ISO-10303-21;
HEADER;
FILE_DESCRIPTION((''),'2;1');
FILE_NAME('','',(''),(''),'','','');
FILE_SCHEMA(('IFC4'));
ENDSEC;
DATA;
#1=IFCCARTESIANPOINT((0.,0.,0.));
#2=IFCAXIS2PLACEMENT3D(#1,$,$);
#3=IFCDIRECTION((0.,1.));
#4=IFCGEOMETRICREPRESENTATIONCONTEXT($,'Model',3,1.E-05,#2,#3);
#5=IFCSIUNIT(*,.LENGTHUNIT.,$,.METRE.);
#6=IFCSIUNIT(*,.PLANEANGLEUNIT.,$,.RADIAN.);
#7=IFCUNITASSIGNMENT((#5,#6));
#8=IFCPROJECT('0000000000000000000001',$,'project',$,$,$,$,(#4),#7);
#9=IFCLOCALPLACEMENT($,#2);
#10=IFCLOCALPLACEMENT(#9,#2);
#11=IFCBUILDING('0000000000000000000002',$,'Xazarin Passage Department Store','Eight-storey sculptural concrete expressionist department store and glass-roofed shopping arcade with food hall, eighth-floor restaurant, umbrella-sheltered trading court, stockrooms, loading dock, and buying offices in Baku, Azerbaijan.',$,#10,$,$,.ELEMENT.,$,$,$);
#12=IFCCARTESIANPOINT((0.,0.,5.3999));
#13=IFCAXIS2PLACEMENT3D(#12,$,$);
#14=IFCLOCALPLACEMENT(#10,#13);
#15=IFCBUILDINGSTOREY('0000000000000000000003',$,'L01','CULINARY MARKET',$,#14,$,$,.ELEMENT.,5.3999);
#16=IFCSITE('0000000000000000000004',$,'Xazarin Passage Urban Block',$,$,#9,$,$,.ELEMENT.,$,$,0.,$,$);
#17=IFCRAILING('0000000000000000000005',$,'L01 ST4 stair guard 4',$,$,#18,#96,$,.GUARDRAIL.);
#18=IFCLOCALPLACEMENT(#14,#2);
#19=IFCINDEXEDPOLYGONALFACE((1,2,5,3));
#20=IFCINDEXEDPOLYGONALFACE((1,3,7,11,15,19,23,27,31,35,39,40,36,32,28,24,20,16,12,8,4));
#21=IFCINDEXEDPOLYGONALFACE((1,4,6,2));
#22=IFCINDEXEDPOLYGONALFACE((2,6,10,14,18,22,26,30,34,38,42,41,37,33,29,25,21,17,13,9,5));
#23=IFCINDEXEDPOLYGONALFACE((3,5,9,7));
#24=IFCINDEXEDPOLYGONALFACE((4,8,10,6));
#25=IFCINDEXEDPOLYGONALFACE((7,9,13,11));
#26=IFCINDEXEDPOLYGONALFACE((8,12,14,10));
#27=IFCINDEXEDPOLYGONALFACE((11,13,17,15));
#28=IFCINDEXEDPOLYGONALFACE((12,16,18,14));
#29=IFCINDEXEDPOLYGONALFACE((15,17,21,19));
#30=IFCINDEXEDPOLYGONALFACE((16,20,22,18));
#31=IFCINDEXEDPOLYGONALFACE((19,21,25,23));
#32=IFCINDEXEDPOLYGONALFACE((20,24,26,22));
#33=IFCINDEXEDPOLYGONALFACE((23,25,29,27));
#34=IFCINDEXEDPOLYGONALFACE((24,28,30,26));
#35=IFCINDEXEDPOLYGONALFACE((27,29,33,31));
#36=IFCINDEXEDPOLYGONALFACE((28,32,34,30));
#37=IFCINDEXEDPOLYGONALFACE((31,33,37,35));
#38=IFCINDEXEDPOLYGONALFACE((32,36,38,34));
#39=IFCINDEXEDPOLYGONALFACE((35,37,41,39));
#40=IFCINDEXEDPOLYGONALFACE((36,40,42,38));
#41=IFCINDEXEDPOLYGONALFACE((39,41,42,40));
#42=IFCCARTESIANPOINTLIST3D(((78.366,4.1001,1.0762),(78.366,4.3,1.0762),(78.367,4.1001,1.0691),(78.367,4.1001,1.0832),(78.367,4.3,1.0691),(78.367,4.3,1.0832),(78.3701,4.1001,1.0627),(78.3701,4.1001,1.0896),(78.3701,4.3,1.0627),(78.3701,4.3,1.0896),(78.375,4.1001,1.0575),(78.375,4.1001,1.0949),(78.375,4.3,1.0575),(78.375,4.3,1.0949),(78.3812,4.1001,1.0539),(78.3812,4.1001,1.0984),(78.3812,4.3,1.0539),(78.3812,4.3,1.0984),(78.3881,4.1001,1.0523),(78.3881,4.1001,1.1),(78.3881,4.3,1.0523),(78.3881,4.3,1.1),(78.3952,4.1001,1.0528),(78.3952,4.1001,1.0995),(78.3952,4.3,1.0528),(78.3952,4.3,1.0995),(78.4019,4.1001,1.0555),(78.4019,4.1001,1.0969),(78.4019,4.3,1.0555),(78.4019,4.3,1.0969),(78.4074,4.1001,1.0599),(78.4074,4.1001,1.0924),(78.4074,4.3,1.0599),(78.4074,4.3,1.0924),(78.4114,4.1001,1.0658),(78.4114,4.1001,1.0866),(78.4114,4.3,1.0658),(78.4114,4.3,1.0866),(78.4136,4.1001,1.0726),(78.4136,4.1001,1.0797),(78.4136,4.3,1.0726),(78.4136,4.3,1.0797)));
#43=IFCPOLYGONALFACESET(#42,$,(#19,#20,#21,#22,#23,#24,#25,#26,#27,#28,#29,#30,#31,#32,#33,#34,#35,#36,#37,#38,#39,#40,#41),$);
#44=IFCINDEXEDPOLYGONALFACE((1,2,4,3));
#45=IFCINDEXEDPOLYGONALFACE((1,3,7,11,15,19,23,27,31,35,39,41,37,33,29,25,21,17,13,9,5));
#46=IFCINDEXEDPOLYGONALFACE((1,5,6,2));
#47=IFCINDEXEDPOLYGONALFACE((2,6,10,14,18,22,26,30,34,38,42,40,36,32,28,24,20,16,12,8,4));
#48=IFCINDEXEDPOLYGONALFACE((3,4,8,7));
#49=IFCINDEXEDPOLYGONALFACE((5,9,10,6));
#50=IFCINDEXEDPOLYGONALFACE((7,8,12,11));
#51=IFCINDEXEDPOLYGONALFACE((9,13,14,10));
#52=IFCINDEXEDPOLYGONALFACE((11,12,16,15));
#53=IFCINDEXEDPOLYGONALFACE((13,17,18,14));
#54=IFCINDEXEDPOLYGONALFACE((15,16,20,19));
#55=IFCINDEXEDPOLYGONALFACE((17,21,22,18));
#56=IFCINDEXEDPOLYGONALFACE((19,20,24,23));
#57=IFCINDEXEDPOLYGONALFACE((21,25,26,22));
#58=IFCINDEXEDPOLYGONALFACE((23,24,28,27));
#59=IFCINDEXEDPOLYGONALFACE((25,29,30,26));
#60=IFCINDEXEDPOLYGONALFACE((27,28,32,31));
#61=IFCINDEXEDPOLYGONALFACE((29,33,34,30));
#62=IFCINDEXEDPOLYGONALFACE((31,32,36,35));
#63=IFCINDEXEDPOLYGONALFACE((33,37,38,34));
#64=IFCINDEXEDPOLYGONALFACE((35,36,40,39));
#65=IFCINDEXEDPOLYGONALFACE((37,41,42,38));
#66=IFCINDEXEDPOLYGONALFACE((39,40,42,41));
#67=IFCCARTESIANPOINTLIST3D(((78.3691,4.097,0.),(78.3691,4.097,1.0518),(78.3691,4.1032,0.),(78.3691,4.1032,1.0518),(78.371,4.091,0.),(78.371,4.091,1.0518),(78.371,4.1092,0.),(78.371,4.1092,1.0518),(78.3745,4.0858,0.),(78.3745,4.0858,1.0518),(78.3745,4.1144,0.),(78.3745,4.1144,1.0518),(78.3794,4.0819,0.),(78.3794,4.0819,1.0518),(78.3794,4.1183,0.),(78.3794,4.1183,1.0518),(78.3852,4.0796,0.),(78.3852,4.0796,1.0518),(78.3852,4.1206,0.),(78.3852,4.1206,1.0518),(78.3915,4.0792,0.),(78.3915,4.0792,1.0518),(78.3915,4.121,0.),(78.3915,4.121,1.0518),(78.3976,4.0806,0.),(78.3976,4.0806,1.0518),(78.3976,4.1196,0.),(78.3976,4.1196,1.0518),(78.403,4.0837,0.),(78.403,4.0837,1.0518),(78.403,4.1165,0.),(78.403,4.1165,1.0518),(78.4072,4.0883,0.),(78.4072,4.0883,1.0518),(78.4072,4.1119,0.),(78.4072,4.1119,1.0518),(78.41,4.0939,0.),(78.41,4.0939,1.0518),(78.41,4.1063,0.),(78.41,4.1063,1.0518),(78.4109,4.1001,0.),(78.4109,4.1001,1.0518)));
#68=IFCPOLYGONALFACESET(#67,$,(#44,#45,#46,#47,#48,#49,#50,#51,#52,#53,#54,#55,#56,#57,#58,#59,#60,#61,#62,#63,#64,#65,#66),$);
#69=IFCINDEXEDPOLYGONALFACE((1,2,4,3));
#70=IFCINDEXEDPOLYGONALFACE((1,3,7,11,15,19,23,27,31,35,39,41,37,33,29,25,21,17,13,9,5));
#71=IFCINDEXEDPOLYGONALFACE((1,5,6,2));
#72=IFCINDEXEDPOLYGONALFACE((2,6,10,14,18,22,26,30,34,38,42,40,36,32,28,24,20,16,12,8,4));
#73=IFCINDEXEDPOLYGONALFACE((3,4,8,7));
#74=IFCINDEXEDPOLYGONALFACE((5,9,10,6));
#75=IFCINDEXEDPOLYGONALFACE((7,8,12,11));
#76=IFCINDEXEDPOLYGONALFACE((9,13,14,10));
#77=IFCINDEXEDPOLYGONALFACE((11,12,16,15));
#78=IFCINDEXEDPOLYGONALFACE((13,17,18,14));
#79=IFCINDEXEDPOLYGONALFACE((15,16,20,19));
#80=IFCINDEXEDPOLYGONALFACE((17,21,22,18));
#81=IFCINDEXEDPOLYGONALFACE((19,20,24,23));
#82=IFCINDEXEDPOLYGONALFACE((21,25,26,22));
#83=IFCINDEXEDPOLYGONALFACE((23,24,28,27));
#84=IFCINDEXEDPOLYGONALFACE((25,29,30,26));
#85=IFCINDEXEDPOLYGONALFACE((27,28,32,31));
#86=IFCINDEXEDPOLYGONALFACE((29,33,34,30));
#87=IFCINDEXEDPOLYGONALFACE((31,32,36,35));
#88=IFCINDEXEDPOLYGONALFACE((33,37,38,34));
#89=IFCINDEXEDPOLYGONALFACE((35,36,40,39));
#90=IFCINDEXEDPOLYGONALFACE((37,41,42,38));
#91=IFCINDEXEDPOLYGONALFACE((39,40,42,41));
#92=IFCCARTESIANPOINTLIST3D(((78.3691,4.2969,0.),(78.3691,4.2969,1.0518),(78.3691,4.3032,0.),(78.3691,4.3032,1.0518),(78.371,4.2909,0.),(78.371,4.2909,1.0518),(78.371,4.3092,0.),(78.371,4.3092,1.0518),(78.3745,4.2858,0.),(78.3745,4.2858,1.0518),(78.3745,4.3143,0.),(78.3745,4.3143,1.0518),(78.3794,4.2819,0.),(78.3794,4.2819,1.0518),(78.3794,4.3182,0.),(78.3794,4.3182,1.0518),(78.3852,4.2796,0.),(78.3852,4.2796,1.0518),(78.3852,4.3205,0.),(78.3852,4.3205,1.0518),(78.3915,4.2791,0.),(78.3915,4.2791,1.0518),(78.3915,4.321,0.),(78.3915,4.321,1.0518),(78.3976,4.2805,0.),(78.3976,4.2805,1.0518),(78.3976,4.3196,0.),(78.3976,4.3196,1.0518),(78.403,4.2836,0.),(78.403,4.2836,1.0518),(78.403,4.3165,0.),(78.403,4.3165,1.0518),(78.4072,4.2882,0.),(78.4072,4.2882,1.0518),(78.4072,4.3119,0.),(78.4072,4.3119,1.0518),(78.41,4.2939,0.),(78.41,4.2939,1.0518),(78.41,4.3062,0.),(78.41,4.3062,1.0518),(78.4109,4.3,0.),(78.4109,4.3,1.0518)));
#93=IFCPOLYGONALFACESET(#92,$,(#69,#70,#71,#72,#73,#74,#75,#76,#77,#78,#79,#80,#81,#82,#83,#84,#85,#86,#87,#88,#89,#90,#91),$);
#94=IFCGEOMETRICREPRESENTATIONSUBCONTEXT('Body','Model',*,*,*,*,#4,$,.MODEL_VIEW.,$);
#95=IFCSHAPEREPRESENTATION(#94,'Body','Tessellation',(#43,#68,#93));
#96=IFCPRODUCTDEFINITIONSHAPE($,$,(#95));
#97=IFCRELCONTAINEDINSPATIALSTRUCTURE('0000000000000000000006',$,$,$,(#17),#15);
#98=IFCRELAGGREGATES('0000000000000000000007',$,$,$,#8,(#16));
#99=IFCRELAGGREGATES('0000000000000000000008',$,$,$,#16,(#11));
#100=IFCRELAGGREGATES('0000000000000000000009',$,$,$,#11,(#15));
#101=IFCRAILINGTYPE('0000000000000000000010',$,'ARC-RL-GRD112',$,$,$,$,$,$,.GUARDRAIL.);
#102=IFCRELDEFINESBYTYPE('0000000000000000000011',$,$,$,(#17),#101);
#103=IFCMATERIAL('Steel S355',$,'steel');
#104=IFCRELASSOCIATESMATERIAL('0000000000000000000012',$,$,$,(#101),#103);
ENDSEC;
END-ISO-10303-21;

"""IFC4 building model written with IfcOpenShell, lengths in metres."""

from ifc_helpers import new_model, si_unit, direction, frame, origin, origin_2d, place, context, subcontext, project, spatial, circle, extrude, material, type_object, element, save


model = new_model("IFC4")

# Units and contexts
model_context = context("Model", 3, precision=1e-05, world=origin(), true_north=direction((0.0, 1.0)))
body_context = subcontext(model_context, "Body", "Model", "MODEL_VIEW")
ifc_project = project(units=[si_unit("LENGTHUNIT", "METRE"), si_unit("PLANEANGLEUNIT", "RADIAN")], contexts=[model_context])

# Site, building, storey
site_placement = place(None, origin())
site = spatial("IfcSite", under=ifc_project, at=site_placement, Name="Xazarin Passage Urban Block", CompositionType="ELEMENT", RefElevation=0.0)
building_placement = place(site_placement, origin())
building = spatial("IfcBuilding", under=site, at=building_placement, Name="Xazarin Passage Department Store", Description="Eight-storey sculptural concrete expressionist department store and glass-roofed shopping arcade with food hall, eighth-floor restaurant, umbrella-sheltered trading court, stockrooms, loading dock, and buying offices in Baku, Azerbaijan.", CompositionType="ELEMENT")
storey_placement = place(building_placement, frame((0.0, 0.0, 5.3999)))
storey = spatial("IfcBuildingStorey", under=building, at=storey_placement, Name="L01", Description="CULINARY MARKET", CompositionType="ELEMENT", Elevation=5.3999)

# Railing
ifc_material_1 = material(Name="Steel S355", Category="steel")
railing_type_1 = type_object("IfcRailingType", Name="ARC-RL-GRD112", PredefinedType="GUARDRAIL", material=ifc_material_1)
railing_1_placement = place(storey_placement, frame((78.3899, 4.1001, 0.0)))
element("IfcRailing", 1, at=railing_1_placement, inside=storey, type_object=railing_type_1, Name="L01 ST4 stair guard 4", PredefinedType="GUARDRAIL", context=body_context, shape_type="SweptSolid", body=[
    extrude(circle(Radius=0.0239, at=origin_2d()), frame((0.0, 0.0, 1.0762), z_axis=(0.0, 1.0, 0.0), x_axis=(-1.0, 0.0, 0.0)), (0.0, 0.0, 1.0), 0.2),
    extrude(circle(Radius=0.021, at=origin_2d()), origin(), (0.0, 0.0, 1.0), 1.0518),
    extrude(circle(Radius=0.021, at=origin_2d()), frame((0.0, 0.2, 0.0)), (0.0, 0.0, 1.0), 1.0518),
])

save(model, "model.ifc")
